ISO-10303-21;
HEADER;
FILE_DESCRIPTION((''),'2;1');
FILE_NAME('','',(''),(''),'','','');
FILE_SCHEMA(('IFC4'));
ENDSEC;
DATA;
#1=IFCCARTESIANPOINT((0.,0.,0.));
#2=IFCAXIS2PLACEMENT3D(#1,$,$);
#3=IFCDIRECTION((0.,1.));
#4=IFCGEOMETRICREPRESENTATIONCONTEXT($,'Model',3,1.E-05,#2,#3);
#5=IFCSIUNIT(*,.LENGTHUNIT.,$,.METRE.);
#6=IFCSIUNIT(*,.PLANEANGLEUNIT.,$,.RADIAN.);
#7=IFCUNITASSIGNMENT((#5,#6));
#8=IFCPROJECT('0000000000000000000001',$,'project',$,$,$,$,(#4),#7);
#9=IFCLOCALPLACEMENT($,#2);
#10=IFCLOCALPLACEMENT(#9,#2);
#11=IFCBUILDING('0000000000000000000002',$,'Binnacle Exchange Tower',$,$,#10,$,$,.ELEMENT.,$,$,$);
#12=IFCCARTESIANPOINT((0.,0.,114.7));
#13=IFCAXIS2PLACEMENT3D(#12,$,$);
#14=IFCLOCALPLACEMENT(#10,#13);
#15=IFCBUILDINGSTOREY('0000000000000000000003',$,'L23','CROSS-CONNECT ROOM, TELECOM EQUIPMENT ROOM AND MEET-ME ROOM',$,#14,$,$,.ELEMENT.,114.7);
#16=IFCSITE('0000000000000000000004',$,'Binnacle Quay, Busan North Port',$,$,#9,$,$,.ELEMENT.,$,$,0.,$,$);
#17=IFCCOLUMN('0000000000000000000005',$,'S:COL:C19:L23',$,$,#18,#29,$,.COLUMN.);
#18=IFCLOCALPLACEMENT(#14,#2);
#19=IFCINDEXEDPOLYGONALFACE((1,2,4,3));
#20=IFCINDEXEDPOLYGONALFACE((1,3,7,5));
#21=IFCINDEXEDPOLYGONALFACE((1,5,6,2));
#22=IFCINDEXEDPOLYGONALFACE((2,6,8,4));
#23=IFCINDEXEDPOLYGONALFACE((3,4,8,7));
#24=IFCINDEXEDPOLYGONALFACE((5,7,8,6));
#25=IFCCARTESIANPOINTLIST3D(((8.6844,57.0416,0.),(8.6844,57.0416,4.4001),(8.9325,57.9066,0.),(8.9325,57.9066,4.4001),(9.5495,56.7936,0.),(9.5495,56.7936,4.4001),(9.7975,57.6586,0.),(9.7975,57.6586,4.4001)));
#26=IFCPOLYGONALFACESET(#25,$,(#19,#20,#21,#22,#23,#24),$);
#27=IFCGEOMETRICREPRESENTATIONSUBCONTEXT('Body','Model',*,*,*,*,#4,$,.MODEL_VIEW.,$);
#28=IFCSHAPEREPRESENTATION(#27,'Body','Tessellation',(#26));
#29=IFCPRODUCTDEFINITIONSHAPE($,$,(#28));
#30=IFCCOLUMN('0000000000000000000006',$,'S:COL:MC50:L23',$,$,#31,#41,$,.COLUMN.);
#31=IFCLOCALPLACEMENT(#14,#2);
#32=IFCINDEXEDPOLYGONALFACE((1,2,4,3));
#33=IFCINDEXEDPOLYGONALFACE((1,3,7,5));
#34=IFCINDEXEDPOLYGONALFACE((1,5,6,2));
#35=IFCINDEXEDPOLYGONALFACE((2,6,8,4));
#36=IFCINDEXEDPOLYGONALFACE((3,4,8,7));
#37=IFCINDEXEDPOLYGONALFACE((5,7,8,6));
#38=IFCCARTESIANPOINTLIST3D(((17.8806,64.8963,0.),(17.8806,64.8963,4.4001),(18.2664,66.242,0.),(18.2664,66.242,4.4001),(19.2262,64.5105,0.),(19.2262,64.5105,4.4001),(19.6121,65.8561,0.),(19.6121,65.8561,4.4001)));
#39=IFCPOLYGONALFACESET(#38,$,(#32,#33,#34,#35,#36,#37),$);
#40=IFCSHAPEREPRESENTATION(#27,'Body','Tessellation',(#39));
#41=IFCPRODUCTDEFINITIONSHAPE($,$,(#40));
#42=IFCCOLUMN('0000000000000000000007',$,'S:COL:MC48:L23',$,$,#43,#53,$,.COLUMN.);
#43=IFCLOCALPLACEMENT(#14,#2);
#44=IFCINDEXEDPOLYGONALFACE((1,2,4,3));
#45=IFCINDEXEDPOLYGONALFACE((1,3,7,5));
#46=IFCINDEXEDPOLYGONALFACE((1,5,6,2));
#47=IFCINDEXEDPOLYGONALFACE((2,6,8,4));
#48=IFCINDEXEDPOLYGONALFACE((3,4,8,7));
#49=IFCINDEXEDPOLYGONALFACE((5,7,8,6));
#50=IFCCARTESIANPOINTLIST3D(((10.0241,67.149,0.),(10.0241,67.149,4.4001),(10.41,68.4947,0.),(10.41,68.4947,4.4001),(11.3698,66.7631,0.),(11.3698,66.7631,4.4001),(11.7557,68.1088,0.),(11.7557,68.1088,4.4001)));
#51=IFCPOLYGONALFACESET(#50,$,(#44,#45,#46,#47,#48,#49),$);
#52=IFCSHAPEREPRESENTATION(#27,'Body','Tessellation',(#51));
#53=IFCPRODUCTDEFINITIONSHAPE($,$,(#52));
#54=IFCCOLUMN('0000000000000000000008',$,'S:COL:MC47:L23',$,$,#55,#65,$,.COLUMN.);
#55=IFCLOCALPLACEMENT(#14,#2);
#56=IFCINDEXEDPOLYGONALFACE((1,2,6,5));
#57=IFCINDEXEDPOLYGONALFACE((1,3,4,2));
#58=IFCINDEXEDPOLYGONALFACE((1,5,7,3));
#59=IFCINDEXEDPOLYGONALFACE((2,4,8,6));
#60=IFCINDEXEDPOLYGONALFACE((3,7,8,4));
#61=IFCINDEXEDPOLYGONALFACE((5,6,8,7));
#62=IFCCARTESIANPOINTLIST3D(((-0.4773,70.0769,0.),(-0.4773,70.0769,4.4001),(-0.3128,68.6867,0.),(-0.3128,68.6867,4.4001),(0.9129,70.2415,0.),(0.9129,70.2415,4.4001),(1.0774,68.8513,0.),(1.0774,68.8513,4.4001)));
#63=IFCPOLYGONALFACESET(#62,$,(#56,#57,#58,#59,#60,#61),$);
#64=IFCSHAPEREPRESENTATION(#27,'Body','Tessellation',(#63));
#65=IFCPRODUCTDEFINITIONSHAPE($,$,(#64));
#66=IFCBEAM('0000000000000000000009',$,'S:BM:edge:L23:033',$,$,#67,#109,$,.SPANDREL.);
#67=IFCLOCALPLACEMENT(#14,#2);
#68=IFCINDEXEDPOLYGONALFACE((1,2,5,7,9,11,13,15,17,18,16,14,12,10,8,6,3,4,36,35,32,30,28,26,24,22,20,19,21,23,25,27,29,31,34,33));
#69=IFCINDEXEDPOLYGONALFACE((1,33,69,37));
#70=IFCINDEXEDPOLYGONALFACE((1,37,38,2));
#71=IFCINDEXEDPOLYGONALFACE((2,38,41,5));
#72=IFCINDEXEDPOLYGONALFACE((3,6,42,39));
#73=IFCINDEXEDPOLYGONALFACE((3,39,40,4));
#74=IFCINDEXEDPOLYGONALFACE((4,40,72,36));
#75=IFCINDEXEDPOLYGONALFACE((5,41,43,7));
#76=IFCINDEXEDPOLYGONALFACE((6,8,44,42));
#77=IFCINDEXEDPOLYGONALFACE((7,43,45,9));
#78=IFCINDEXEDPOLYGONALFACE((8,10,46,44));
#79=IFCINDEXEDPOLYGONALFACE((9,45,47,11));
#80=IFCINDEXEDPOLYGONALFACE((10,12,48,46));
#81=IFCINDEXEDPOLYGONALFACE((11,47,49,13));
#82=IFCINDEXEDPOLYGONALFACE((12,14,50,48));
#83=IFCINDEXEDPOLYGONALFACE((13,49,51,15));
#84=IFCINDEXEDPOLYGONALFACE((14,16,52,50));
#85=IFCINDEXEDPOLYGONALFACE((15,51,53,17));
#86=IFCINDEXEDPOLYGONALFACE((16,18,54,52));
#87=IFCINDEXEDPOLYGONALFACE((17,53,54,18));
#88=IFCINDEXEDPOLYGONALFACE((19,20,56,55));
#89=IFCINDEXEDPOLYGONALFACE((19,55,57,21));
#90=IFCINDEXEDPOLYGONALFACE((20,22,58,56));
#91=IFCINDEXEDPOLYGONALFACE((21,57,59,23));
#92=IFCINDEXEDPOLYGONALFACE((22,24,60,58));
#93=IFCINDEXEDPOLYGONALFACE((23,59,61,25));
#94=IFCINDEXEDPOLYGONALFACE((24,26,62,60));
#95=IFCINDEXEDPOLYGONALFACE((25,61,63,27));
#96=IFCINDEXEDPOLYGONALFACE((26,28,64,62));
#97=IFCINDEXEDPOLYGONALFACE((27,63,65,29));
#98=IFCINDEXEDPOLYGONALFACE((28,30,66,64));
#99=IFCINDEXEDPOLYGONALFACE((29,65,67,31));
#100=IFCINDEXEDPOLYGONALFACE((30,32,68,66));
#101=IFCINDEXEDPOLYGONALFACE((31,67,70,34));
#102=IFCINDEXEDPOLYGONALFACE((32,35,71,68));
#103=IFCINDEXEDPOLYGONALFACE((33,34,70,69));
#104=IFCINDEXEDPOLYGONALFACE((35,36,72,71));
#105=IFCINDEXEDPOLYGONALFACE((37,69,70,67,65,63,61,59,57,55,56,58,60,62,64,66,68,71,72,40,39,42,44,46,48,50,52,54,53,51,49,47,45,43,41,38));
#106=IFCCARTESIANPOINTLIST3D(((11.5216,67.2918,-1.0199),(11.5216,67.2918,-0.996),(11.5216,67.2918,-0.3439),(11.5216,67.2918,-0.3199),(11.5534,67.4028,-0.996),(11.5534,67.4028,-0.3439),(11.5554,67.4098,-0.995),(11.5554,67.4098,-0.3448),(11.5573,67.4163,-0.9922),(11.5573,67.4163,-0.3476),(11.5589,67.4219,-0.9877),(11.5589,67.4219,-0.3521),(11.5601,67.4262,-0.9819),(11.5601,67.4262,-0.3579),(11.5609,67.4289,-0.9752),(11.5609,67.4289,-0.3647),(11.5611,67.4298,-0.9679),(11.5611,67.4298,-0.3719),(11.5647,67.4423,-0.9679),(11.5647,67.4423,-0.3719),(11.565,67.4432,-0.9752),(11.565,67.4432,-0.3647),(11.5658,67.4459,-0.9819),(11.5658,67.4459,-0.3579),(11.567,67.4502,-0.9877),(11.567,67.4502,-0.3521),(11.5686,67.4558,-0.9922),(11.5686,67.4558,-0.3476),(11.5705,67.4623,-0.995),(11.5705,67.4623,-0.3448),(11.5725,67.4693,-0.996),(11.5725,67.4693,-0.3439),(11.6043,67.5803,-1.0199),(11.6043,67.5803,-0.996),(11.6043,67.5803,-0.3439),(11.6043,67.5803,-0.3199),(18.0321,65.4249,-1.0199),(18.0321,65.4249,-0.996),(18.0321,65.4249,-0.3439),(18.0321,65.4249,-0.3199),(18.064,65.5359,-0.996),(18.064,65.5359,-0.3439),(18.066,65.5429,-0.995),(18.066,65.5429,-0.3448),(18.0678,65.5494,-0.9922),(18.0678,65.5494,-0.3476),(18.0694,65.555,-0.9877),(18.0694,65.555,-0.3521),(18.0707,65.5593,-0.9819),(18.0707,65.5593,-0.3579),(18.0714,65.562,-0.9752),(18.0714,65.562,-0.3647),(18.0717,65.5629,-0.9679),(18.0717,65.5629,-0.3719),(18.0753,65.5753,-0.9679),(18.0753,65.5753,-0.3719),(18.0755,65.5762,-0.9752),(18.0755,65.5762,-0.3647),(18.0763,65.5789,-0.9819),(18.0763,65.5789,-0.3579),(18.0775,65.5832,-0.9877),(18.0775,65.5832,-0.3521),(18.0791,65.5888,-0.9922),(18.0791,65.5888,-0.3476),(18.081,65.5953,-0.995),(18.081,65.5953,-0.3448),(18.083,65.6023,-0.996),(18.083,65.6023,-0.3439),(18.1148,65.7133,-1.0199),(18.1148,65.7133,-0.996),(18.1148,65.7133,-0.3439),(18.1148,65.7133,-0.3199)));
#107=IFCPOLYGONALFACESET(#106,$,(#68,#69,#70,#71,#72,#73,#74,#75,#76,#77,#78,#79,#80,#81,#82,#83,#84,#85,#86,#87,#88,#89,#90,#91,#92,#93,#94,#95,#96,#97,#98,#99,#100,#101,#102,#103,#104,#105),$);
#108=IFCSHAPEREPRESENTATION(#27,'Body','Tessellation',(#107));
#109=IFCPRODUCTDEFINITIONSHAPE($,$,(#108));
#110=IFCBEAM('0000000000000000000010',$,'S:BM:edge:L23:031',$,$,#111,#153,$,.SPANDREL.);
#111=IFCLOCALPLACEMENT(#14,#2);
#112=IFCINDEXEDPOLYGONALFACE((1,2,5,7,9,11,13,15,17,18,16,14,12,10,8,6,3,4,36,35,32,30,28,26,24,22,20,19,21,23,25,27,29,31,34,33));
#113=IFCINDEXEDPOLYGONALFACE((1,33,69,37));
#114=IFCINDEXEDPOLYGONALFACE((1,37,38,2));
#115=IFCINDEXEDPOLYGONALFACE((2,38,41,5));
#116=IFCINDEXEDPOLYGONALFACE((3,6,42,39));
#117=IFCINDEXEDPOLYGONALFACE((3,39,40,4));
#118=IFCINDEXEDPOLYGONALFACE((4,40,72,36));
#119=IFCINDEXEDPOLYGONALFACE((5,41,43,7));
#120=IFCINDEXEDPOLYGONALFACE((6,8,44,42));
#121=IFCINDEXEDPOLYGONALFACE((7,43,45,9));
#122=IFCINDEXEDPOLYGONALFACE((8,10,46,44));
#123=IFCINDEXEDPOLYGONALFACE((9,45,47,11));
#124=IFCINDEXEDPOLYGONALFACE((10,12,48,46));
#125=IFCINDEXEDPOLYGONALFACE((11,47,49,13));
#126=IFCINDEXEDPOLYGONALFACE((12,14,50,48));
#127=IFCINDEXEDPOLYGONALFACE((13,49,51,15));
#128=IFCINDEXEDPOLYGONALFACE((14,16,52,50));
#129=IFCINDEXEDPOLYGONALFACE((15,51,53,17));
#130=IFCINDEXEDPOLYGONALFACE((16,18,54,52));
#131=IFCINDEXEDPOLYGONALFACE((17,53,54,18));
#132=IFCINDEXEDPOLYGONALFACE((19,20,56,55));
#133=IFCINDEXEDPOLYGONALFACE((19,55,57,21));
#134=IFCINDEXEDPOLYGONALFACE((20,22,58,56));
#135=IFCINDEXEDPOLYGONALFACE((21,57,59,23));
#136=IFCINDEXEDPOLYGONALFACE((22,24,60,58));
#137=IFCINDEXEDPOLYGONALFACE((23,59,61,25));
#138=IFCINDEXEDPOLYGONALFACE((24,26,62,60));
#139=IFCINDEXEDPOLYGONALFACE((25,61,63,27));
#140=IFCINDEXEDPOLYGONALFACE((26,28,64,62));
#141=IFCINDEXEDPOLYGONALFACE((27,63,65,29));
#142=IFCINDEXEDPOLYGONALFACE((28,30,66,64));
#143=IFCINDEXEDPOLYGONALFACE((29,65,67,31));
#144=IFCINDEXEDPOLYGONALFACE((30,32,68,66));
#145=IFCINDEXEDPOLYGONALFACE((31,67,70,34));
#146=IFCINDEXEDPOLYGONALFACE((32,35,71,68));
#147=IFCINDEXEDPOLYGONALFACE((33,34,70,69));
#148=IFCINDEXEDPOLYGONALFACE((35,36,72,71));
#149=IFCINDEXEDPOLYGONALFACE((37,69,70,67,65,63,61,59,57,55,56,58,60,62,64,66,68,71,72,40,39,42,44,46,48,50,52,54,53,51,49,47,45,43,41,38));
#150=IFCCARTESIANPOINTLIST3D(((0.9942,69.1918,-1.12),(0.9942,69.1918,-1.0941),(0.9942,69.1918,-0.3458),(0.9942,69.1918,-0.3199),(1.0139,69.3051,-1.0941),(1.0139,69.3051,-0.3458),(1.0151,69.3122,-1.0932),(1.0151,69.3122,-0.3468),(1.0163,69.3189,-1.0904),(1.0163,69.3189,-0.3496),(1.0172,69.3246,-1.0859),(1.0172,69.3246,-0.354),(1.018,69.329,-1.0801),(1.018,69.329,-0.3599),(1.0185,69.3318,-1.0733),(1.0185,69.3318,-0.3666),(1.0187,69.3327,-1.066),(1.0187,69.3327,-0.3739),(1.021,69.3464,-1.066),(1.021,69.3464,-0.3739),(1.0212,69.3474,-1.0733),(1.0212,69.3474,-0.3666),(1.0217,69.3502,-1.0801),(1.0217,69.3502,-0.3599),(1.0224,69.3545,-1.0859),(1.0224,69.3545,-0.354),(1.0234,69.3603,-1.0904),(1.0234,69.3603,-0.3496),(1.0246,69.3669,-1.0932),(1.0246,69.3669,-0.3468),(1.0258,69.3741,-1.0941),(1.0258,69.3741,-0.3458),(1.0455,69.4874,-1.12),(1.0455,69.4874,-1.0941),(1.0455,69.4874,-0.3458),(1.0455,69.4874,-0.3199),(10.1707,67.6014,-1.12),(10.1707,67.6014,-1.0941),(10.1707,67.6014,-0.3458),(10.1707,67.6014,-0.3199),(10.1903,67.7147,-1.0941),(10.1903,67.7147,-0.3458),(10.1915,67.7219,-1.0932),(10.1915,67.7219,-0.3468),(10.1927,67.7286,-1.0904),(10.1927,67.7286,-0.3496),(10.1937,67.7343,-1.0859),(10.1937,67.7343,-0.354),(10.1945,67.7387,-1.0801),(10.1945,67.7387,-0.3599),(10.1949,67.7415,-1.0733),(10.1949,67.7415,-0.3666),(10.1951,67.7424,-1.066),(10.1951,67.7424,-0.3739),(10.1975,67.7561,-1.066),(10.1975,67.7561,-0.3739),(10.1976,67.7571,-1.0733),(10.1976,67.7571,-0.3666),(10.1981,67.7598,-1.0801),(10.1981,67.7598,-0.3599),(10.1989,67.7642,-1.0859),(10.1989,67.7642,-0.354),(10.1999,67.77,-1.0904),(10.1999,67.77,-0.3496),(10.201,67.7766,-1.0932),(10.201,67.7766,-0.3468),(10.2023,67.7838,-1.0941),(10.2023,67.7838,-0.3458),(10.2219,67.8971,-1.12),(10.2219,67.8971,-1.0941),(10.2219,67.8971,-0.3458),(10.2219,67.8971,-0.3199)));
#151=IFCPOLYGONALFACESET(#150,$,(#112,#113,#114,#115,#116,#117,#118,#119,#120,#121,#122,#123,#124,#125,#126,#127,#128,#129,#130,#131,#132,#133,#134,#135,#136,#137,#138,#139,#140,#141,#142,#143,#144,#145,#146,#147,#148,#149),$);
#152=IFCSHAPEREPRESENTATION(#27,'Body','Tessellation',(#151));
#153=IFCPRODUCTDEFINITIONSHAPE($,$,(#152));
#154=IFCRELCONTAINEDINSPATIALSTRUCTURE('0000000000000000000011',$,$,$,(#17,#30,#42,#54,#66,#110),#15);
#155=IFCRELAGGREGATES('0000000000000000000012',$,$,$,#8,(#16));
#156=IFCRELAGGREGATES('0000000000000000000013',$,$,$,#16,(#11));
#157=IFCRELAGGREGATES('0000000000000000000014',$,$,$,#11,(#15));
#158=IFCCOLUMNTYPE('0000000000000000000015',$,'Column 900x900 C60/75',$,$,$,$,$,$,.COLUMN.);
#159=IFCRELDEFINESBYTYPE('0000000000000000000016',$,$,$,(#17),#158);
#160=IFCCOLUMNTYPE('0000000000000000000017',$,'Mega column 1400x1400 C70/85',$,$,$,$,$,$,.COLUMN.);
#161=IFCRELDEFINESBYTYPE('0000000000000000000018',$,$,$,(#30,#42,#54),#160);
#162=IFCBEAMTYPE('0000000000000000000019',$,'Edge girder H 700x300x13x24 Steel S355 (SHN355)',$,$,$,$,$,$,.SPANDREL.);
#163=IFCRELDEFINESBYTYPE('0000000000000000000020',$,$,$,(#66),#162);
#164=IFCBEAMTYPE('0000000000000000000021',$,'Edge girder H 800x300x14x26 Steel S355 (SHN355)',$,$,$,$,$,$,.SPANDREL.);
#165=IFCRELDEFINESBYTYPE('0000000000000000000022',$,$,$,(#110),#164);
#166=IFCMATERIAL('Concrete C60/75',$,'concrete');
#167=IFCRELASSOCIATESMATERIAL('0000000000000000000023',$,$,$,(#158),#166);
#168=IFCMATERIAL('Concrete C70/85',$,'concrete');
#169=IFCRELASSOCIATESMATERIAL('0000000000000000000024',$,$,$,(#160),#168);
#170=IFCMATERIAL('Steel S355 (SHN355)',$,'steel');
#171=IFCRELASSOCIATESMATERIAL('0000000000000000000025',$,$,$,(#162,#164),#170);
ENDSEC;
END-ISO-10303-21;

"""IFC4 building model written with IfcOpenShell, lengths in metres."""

from ifc_helpers import new_model, si_unit, direction, frame, origin, origin_2d, place, context, subcontext, project, spatial, rectangle, i_section, extrude, material, material_profile, profile_set, type_object, element, save


model = new_model("IFC4")

# Units and contexts
model_context = context("Model", 3, precision=1e-05, world=origin(), true_north=direction((0.0, 1.0)))
body_context = subcontext(model_context, "Body", "Model", "MODEL_VIEW")
ifc_project = project(units=[si_unit("LENGTHUNIT", "METRE"), si_unit("PLANEANGLEUNIT", "RADIAN")], contexts=[model_context])

# Site, building, storey
site_placement = place(None, origin())
site = spatial("IfcSite", under=ifc_project, at=site_placement, Name="Binnacle Quay, Busan North Port", CompositionType="ELEMENT", RefElevation=0.0)
building_placement = place(site_placement, origin())
building = spatial("IfcBuilding", under=site, at=building_placement, Name="Binnacle Exchange Tower", CompositionType="ELEMENT")
storey_placement = place(building_placement, frame((0.0, 0.0, 114.7)))
storey = spatial("IfcBuildingStorey", under=building, at=storey_placement, Name="L23", Description="CROSS-CONNECT ROOM, TELECOM EQUIPMENT ROOM AND MEET-ME ROOM", CompositionType="ELEMENT", Elevation=114.7)

# Columns
ifc_material_1 = material(Name="Concrete C60/75", Category="concrete")
ifc_material_profile_1 = material_profile(ifc_material_1, rectangle(XDim=0.8999, YDim=0.8999, at=origin_2d()), Name="Column 900x900 C60/75")
ifc_profile_set_1 = profile_set([ifc_material_profile_1], Name="Concrete C60/75")
column_type_1 = type_object("IfcColumnType", Name="Column 900x900 C60/75", PredefinedType="COLUMN", material=ifc_profile_set_1)
column_placement = place(storey_placement, frame((9.241, 57.3501, 0.0), z_axis=(0.0, 0.0, 1.0), x_axis=(0.961262, -0.275637, 0.0)))
element("IfcColumn", 1, at=column_placement, inside=storey, type_object=column_type_1, Name="S:COL:C19:L23", PredefinedType="COLUMN", context=body_context, shape_type="SweptSolid", body=[
    extrude(rectangle(XDim=0.8999, YDim=0.8999, at=origin_2d()), origin(), (0.0, 0.0, 1.0), 4.4001),
])
ifc_material_2 = material(Name="Concrete C70/85", Category="concrete")
ifc_material_profile_2 = material_profile(ifc_material_2, rectangle(XDim=1.3999, YDim=1.3999, at=origin_2d()), Name="Mega column 1400x1400 C70/85")
ifc_profile_set_2 = profile_set([ifc_material_profile_2], Name="Concrete C70/85")
column_type_2 = type_object("IfcColumnType", Name="Mega column 1400x1400 C70/85", PredefinedType="COLUMN", material=ifc_profile_set_2)
for number, where, z_axis, x_axis, name in (
    (2, (18.7463, 65.3762, 0.0), (0.0, 0.0, 1.0), (-0.961262, 0.275637, 0.0), "S:COL:MC50:L23"),
    (3, (10.8899, 67.6289, 0.0), (0.0, 0.0, 1.0), (-0.961262, 0.275637, 0.0), "S:COL:MC48:L23"),
    (4, (0.3, 69.4641, 0.0), (0.0, 0.0, 1.0), (-0.993068, -0.117537, 0.0), "S:COL:MC47:L23"),
):
    element("IfcColumn", number, at=place(storey_placement, frame(where, z_axis=z_axis, x_axis=x_axis)), inside=storey, type_object=column_type_2, Name=name, PredefinedType="COLUMN", context=body_context, shape_type="SweptSolid", body=[
        extrude(rectangle(XDim=1.3999, YDim=1.3999, at=origin_2d()), origin(), (0.0, 0.0, 1.0), 4.4001),
    ])

# Beams
ifc_material_3 = material(Name="Steel S355 (SHN355)", Category="steel")
ifc_material_profile_3 = material_profile(ifc_material_3, i_section(OverallWidth=0.3, OverallDepth=0.7, WebThickness=0.0129, FlangeThickness=0.0239, FilletRadius=0.0281, at=origin_2d()), Name="H 700x300x13x24")
ifc_profile_set_3 = profile_set([ifc_material_profile_3], Name="Steel S355 (SHN355)")
beam_type_1 = type_object("IfcBeamType", Name="Edge girder H 700x300x13x24 Steel S355 (SHN355)", PredefinedType="SPANDREL", material=ifc_profile_set_3)
beam_1_placement = place(storey_placement, frame((18.0735, 65.5691, -0.6699), z_axis=(-0.961258, 0.275649, 0.0), x_axis=(-0.275649, -0.961258, 0.0)))
element("IfcBeam", 5, at=beam_1_placement, inside=storey, type_object=beam_type_1, Name="S:BM:edge:L23:033", PredefinedType="SPANDREL", context=body_context, shape_type="SweptSolid", body=[
    extrude(i_section(OverallWidth=0.3, OverallDepth=0.7, WebThickness=0.0129, FlangeThickness=0.0239, FilletRadius=0.0281, at=origin_2d()), origin(), (0.0, 0.0, 1.0), 6.7729),
])
ifc_material_profile_4 = material_profile(ifc_material_3, i_section(OverallWidth=0.3, OverallDepth=0.8, WebThickness=0.0139, FlangeThickness=0.0259, FilletRadius=0.0281, at=origin_2d()), Name="H 800x300x14x26")
ifc_profile_set_4 = profile_set([ifc_material_profile_4], Name="Steel S355 (SHN355)")
beam_type_2 = type_object("IfcBeamType", Name="Edge girder H 800x300x14x26 Steel S355 (SHN355)", PredefinedType="SPANDREL", material=ifc_profile_set_4)
beam_2_placement = place(storey_placement, frame((10.1963, 67.7493, -0.72), z_axis=(-0.985313, 0.170759, 0.0), x_axis=(-0.170759, -0.985313, 0.0)))
element("IfcBeam", 6, at=beam_2_placement, inside=storey, type_object=beam_type_2, Name="S:BM:edge:L23:031", PredefinedType="SPANDREL", context=body_context, shape_type="SweptSolid", body=[
    extrude(i_section(OverallWidth=0.3, OverallDepth=0.8, WebThickness=0.0139, FlangeThickness=0.0259, FilletRadius=0.0281, at=origin_2d()), origin(), (0.0, 0.0, 1.0), 9.3132),
])

save(model, "model.ifc")
